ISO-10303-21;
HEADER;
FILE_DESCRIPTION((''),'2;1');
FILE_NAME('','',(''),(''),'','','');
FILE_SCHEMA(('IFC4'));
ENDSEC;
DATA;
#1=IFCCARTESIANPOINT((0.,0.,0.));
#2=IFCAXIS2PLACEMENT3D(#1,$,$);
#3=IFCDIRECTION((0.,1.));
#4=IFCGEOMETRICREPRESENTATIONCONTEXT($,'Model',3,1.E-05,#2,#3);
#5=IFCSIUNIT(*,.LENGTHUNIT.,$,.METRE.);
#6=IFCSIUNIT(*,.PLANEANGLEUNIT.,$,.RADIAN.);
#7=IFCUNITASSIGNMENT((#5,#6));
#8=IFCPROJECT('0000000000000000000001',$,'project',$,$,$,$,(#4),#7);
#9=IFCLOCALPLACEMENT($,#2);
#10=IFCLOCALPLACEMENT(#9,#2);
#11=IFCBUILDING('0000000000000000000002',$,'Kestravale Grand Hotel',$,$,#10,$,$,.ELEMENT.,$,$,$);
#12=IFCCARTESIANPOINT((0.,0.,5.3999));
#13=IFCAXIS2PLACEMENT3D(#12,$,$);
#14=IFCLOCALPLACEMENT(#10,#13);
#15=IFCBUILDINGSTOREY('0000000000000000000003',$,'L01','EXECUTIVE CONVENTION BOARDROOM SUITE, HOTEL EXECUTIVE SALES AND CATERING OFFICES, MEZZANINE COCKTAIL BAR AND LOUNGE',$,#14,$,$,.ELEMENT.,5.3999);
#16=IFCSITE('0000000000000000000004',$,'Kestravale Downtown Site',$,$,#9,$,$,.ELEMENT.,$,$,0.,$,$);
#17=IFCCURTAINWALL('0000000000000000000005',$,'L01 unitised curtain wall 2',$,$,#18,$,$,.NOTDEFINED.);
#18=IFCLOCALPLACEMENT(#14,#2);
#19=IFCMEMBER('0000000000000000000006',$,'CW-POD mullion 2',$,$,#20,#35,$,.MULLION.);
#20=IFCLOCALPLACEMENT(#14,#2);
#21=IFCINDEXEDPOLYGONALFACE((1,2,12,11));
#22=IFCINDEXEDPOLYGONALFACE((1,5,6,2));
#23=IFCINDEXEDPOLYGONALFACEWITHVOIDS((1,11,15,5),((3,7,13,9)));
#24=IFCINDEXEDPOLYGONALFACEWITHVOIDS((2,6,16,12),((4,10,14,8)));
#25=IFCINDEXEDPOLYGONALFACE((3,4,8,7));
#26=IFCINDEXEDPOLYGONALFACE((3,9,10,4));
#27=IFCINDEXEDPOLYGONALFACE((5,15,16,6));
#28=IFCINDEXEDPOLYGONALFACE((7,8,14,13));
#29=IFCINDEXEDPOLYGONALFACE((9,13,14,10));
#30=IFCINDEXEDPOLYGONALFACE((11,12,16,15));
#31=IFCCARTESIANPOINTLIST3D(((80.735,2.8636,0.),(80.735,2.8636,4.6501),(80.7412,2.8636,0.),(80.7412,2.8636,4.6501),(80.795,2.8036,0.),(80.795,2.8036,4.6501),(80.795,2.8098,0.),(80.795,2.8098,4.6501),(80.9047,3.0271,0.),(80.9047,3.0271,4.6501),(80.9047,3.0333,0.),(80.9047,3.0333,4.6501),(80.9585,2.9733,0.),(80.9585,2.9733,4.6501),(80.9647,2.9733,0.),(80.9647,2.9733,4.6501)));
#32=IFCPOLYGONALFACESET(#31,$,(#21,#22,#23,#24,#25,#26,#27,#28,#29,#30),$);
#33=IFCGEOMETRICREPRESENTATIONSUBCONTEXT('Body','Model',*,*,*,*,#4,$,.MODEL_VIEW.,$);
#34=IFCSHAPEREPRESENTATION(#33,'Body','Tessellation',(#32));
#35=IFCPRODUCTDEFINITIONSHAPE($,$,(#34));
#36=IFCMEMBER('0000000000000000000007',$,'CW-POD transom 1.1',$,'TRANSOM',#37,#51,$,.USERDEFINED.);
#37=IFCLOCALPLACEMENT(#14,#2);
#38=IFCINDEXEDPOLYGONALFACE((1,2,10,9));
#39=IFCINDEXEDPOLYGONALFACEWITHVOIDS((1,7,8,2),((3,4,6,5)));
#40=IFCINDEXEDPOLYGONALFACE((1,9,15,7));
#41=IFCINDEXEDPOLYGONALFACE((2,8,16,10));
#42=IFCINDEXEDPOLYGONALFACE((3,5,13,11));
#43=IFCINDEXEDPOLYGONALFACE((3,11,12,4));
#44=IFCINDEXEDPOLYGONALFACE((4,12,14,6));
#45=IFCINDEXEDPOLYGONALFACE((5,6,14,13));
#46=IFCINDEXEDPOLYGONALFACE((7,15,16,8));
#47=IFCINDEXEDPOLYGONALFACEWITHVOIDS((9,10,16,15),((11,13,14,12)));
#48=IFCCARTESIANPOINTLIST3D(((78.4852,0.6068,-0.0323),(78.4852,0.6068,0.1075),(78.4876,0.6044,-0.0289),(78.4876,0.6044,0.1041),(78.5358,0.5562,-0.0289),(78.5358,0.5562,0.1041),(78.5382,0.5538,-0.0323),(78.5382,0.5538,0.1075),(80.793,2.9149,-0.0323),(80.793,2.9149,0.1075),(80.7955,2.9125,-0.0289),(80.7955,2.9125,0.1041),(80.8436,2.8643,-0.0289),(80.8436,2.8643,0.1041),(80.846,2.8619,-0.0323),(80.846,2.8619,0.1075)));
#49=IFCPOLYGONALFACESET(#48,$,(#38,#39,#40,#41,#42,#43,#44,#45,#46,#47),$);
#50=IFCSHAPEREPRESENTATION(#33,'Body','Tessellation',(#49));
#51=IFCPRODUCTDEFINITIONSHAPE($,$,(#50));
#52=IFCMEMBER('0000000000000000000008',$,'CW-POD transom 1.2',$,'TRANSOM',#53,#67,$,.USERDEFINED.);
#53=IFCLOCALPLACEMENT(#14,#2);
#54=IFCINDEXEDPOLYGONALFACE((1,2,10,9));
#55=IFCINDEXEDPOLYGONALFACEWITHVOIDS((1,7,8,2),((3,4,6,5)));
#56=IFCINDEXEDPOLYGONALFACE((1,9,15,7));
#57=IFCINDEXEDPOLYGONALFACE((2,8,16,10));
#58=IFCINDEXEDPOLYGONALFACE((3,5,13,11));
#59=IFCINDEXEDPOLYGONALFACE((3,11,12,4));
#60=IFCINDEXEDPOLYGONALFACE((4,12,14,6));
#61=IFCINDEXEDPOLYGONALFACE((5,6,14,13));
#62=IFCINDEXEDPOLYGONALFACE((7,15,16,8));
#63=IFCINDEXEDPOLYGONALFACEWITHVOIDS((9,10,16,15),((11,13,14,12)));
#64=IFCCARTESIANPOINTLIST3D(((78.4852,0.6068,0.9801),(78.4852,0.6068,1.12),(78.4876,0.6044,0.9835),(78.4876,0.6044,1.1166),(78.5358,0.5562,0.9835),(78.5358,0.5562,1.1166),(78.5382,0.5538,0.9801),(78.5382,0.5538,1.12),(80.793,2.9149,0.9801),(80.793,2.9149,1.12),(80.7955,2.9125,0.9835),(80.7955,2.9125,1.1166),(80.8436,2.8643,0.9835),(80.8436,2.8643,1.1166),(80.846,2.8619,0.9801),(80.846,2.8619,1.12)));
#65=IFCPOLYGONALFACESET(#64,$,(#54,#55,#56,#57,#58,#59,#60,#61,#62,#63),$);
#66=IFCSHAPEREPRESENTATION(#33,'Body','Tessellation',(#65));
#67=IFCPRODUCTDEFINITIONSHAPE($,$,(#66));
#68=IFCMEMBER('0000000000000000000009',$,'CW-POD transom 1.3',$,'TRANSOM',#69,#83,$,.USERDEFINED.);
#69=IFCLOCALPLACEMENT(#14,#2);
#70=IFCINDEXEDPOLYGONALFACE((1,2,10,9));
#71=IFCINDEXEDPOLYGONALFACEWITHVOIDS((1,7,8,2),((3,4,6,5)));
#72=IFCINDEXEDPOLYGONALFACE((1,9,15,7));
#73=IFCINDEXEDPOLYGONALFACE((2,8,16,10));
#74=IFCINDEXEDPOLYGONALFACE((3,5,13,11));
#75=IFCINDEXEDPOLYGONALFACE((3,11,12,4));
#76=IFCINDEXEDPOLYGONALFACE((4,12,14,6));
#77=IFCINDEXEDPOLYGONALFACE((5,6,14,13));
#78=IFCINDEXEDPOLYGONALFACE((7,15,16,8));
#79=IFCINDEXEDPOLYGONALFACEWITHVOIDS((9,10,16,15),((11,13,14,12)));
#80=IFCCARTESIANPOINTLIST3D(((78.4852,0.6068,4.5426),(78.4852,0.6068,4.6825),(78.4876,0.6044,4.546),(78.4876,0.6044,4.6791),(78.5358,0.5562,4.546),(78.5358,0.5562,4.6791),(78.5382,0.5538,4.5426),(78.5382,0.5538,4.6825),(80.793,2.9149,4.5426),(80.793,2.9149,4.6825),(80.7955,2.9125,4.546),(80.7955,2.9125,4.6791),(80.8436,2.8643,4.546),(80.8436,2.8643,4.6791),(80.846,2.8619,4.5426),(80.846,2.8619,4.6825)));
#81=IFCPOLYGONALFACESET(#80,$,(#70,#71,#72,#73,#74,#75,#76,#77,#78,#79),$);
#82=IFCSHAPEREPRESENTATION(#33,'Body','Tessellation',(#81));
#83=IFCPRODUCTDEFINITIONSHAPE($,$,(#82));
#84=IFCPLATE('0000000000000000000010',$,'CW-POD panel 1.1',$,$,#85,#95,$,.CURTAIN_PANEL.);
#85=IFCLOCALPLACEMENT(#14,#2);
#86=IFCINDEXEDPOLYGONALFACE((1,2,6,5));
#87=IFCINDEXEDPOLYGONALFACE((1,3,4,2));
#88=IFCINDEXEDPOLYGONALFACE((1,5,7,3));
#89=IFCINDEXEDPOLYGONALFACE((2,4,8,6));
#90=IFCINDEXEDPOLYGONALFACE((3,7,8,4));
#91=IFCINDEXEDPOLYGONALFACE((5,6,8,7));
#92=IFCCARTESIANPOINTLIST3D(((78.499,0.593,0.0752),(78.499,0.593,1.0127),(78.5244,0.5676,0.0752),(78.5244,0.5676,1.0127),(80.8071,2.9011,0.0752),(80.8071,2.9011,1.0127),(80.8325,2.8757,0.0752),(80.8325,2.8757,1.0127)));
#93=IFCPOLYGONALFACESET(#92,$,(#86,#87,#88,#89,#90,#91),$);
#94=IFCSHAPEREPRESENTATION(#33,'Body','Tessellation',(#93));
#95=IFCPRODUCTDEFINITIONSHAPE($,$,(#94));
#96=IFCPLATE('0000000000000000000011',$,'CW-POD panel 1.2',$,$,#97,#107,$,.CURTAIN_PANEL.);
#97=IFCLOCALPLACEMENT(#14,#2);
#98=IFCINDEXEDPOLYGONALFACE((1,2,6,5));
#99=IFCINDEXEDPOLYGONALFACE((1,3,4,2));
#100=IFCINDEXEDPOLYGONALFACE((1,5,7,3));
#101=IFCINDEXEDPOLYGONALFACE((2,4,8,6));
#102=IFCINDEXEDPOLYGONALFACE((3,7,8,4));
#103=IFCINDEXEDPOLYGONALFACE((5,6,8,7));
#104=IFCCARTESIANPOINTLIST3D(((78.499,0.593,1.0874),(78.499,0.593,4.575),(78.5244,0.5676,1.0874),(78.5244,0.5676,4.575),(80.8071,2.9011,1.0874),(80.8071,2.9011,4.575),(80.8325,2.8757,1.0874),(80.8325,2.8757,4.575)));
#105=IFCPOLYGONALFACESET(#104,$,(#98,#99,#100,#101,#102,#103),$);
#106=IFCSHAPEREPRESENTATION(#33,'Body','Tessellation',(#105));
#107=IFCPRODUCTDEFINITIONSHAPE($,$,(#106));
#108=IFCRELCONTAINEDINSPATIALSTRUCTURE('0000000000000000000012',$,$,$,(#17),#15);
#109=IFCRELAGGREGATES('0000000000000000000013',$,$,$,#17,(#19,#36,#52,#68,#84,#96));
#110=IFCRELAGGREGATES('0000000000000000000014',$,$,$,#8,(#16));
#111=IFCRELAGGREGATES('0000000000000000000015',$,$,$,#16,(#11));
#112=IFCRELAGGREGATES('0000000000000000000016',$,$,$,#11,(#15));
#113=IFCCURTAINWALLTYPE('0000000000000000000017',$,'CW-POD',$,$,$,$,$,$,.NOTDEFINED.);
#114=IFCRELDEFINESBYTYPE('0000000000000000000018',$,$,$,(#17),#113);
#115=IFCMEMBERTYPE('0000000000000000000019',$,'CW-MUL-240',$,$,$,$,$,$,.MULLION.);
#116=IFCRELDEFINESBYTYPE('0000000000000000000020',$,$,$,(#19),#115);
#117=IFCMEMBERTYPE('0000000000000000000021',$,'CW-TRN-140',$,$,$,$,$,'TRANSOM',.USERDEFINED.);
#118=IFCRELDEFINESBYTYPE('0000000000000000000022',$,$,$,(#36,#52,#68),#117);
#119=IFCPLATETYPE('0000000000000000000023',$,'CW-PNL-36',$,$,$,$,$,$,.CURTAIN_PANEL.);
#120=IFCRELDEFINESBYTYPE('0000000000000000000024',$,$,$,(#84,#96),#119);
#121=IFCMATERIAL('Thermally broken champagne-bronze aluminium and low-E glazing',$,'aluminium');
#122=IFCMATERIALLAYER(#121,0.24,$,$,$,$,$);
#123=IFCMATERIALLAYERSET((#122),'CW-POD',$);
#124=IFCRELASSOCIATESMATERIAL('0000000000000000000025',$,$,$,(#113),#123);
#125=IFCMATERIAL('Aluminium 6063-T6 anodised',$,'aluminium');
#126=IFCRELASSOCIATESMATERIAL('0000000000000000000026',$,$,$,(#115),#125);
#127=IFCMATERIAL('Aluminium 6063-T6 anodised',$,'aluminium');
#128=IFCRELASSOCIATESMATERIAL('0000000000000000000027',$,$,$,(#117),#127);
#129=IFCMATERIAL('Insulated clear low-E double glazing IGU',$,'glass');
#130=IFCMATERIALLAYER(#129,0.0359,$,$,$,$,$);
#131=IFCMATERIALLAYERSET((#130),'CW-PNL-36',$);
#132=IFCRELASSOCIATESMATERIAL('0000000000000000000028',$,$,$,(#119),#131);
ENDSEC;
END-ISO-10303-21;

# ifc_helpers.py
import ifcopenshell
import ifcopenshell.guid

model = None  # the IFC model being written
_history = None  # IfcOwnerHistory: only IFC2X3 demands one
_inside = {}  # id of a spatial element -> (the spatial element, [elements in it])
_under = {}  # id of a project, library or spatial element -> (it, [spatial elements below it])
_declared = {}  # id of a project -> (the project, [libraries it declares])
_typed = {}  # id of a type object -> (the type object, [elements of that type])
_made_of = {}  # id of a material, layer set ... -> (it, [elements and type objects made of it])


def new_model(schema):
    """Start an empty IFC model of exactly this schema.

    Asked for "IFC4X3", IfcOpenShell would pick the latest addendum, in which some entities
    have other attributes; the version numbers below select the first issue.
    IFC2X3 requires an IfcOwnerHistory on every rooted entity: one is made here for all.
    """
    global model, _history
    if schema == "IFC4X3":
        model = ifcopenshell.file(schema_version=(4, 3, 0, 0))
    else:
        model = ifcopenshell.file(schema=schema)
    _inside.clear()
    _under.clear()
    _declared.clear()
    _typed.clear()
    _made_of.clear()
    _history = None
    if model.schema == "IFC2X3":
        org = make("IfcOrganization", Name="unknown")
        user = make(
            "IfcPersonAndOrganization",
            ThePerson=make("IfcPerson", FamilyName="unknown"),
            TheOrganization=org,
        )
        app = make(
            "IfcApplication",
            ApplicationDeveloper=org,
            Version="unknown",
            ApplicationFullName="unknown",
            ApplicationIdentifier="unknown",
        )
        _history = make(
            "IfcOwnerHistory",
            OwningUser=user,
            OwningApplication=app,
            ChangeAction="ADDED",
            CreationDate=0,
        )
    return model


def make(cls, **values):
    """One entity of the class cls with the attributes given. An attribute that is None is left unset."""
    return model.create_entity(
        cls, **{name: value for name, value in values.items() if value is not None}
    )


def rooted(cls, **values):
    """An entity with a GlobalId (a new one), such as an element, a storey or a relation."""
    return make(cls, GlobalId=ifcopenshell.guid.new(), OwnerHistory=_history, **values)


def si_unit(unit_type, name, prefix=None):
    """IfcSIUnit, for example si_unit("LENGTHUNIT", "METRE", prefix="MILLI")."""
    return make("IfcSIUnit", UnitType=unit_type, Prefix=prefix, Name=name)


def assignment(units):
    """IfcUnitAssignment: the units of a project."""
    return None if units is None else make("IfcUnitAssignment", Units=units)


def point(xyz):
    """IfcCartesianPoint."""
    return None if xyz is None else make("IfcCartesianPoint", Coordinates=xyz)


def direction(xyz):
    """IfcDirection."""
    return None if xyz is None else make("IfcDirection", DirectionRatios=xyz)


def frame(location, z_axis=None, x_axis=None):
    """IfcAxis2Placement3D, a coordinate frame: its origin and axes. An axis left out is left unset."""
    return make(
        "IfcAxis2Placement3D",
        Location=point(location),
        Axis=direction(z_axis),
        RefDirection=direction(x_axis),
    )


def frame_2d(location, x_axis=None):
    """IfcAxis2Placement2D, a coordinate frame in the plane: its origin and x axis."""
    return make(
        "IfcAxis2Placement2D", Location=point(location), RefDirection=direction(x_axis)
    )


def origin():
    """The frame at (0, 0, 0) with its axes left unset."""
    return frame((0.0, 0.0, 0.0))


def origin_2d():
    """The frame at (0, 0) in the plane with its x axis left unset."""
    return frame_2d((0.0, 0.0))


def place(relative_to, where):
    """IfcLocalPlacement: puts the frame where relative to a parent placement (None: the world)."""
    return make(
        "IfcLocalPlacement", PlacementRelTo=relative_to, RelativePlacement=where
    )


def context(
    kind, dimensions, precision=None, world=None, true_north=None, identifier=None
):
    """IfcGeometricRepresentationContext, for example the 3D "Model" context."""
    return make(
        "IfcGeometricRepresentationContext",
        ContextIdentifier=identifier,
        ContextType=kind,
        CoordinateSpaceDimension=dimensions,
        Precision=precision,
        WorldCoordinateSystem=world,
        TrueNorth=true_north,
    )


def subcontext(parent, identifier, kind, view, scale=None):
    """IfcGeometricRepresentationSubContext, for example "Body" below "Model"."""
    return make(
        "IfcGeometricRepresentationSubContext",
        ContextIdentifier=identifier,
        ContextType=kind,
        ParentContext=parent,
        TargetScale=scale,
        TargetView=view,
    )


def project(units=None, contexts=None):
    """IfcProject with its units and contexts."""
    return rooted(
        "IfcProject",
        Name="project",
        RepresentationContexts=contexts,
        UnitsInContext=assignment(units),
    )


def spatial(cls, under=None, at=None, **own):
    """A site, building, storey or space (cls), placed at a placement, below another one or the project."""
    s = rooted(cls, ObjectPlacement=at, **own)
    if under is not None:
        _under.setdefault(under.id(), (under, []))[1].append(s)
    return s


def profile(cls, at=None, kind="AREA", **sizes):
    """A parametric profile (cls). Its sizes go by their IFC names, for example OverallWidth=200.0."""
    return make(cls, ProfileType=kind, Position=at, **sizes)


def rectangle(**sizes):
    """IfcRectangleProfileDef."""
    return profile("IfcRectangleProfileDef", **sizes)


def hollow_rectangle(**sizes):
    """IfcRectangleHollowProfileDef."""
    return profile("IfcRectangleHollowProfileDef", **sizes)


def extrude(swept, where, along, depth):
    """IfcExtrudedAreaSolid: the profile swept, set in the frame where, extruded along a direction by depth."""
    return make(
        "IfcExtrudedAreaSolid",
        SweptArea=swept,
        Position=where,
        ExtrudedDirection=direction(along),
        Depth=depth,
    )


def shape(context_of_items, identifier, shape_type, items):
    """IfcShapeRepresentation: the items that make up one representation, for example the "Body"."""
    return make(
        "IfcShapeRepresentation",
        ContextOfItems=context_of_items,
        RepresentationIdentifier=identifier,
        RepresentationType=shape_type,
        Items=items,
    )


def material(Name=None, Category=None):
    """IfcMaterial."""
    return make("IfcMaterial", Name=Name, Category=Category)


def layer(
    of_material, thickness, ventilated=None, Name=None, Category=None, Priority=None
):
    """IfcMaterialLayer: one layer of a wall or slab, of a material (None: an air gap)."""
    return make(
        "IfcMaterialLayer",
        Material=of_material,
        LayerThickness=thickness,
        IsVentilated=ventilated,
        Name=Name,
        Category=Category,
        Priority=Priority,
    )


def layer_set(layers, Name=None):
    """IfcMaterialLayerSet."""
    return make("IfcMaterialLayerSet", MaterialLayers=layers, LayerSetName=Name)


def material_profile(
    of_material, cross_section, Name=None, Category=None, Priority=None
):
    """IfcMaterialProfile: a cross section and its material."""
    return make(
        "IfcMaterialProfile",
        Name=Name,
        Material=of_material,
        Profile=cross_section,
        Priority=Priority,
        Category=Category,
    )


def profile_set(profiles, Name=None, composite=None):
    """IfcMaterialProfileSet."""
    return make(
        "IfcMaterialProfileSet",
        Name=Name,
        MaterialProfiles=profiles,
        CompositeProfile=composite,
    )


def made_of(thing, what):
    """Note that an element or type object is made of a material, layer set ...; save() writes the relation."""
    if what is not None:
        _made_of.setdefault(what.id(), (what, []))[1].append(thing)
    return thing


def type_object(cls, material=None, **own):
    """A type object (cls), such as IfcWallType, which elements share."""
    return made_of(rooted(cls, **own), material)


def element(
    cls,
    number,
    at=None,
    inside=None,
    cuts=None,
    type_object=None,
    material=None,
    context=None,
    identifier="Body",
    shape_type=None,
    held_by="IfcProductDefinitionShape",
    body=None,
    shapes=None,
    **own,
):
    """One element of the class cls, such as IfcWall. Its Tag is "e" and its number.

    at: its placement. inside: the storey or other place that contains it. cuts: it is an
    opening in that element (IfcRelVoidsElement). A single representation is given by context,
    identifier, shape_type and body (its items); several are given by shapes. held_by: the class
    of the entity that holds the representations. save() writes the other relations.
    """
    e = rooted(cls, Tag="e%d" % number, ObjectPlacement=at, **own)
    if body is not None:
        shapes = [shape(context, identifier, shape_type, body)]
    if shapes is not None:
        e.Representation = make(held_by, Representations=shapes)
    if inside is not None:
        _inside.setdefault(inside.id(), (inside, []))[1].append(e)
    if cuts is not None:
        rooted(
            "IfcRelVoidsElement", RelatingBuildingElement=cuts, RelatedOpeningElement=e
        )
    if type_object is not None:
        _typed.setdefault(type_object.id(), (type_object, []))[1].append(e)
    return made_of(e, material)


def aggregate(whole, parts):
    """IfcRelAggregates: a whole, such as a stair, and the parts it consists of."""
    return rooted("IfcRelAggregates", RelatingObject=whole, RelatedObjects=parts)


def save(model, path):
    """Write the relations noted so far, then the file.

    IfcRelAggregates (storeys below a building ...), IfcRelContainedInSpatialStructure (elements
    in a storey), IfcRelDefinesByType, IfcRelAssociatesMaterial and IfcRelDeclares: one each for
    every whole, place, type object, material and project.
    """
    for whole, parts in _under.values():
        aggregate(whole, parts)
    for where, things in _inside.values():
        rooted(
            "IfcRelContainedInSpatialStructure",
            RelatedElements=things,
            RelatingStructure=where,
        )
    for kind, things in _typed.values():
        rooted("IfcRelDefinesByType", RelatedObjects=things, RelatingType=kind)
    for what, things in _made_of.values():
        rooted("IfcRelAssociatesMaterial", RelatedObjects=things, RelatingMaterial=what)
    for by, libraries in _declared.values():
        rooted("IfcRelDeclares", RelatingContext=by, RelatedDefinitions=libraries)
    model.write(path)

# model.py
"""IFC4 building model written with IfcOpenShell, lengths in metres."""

from ifc_helpers import new_model, si_unit, direction, frame, origin, origin_2d, place, context, subcontext, project, spatial, rectangle, hollow_rectangle, extrude, material, layer, layer_set, material_profile, profile_set, type_object, element, aggregate, save


model = new_model("IFC4")

# Units and contexts
model_context = context("Model", 3, precision=1e-05, world=origin(), true_north=direction((0.0, 1.0)))
body_context = subcontext(model_context, "Body", "Model", "MODEL_VIEW")
ifc_project = project(units=[si_unit("LENGTHUNIT", "METRE"), si_unit("PLANEANGLEUNIT", "RADIAN")], contexts=[model_context])

# Site, building, storey
site_placement = place(None, origin())
site = spatial("IfcSite", under=ifc_project, at=site_placement, Name="Kestravale Downtown Site", CompositionType="ELEMENT", RefElevation=0.0)
building_placement = place(site_placement, origin())
building = spatial("IfcBuilding", under=site, at=building_placement, Name="Kestravale Grand Hotel", CompositionType="ELEMENT")
storey_placement = place(building_placement, frame((0.0, 0.0, 5.3999)))
storey = spatial("IfcBuildingStorey", under=building, at=storey_placement, Name="L01", Description="EXECUTIVE CONVENTION BOARDROOM SUITE, HOTEL EXECUTIVE SALES AND CATERING OFFICES, MEZZANINE COCKTAIL BAR AND LOUNGE", CompositionType="ELEMENT", Elevation=5.3999)

# Curtain wall, members, plates
ifc_material_1 = material(Name="Thermally broken champagne-bronze aluminium and low-E glazing", Category="aluminium")
ifc_layer_1 = layer(ifc_material_1, 0.24)
ifc_layer_set_1 = layer_set([ifc_layer_1], Name="CW-POD")
curtain_wall_type = type_object("IfcCurtainWallType", Name="CW-POD", PredefinedType="NOTDEFINED", material=ifc_layer_set_1)
curtain_wall_placement = place(storey_placement, origin())
curtain_wall = element("IfcCurtainWall", 1, at=curtain_wall_placement, inside=storey, type_object=curtain_wall_type, Name="L01 unitised curtain wall 2", PredefinedType="NOTDEFINED")
ifc_material_2 = material(Name="Aluminium 6063-T6 anodised", Category="aluminium")
ifc_material_profile_1 = material_profile(ifc_material_2, hollow_rectangle(XDim=0.085, YDim=0.24, WallThickness=0.0044, at=origin_2d()))
ifc_profile_set_1 = profile_set([ifc_material_profile_1], Name="Aluminium 6063-T6 anodised")
member_type_1 = type_object("IfcMemberType", Name="CW-MUL-240", PredefinedType="MULLION", material=ifc_profile_set_1)
member_1_placement = place(storey_placement, frame((80.8499, 2.9185, 0.0), z_axis=(0.0, 0.0, 1.0), x_axis=(-0.707107, 0.707107, 0.0)))
member_1 = element("IfcMember", 2, at=member_1_placement, type_object=member_type_1, Name="CW-POD mullion 2", PredefinedType="MULLION", context=body_context, shape_type="SweptSolid", body=[
    extrude(hollow_rectangle(XDim=0.085, YDim=0.24, WallThickness=0.0044, at=origin_2d()), origin(), (0.0, 0.0, 1.0), 4.6501),
])
ifc_material_3 = material(Name="Aluminium 6063-T6 anodised", Category="aluminium")
ifc_material_profile_2 = material_profile(ifc_material_3, hollow_rectangle(XDim=0.075, YDim=0.1399, WallThickness=0.0034, at=origin_2d()))
ifc_profile_set_2 = profile_set([ifc_material_profile_2], Name="Aluminium 6063-T6 anodised")
member_type_2 = type_object("IfcMemberType", Name="CW-TRN-140", ElementType="TRANSOM", PredefinedType="USERDEFINED", material=ifc_profile_set_2)
member_2_placement = place(storey_placement, frame((78.5117, 0.5803, 0.0376), z_axis=(0.707069, 0.707144, 0.0), x_axis=(-0.707144, 0.707069, 0.0)))
member_2 = element("IfcMember", 3, at=member_2_placement, type_object=member_type_2, Name="CW-POD transom 1.1", ObjectType="TRANSOM", PredefinedType="USERDEFINED", context=body_context, shape_type="SweptSolid", body=[
    extrude(hollow_rectangle(XDim=0.075, YDim=0.1399, WallThickness=0.0034, at=origin_2d()), origin(), (0.0, 0.0, 1.0), 3.2639),
])
member_3_placement = place(storey_placement, frame((78.5117, 0.5803, 1.05), z_axis=(0.707069, 0.707144, 0.0), x_axis=(-0.707144, 0.707069, 0.0)))
member_3 = element("IfcMember", 4, at=member_3_placement, type_object=member_type_2, Name="CW-POD transom 1.2", ObjectType="TRANSOM", PredefinedType="USERDEFINED", context=body_context, shape_type="SweptSolid", body=[
    extrude(hollow_rectangle(XDim=0.075, YDim=0.1399, WallThickness=0.0034, at=origin_2d()), origin(), (0.0, 0.0, 1.0), 3.2639),
])
member_4_placement = place(storey_placement, frame((78.5117, 0.5803, 4.6125), z_axis=(0.707069, 0.707144, 0.0), x_axis=(-0.707144, 0.707069, 0.0)))
member_4 = element("IfcMember", 5, at=member_4_placement, type_object=member_type_2, Name="CW-POD transom 1.3", ObjectType="TRANSOM", PredefinedType="USERDEFINED", context=body_context, shape_type="SweptSolid", body=[
    extrude(hollow_rectangle(XDim=0.075, YDim=0.1399, WallThickness=0.0034, at=origin_2d()), origin(), (0.0, 0.0, 1.0), 3.2639),
])
ifc_material_4 = material(Name="Insulated clear low-E double glazing IGU", Category="glass")
ifc_layer_2 = layer(ifc_material_4, 0.0359)
ifc_layer_set_2 = layer_set([ifc_layer_2], Name="CW-PNL-36")
plate_type = type_object("IfcPlateType", Name="CW-PNL-36", PredefinedType="CURTAIN_PANEL", material=ifc_layer_set_2)
plate_1_placement = place(storey_placement, frame((79.6658, 1.7344, 0.0752), z_axis=(0.0, 0.0, 1.0), x_axis=(0.707107, 0.707107, 0.0)))
plate_1 = element("IfcPlate", 6, at=plate_1_placement, type_object=plate_type, Name="CW-POD panel 1.1", PredefinedType="CURTAIN_PANEL", context=body_context, shape_type="SweptSolid", body=[
    extrude(rectangle(XDim=3.2642, YDim=0.0359, at=origin_2d()), origin(), (0.0, 0.0, 1.0), 0.9375),
])
plate_2_placement = place(storey_placement, frame((79.6658, 1.7344, 1.0874), z_axis=(0.0, 0.0, 1.0), x_axis=(0.707107, 0.707107, 0.0)))
plate_2 = element("IfcPlate", 7, at=plate_2_placement, type_object=plate_type, Name="CW-POD panel 1.2", PredefinedType="CURTAIN_PANEL", context=body_context, shape_type="SweptSolid", body=[
    extrude(rectangle(XDim=3.2642, YDim=0.0359, at=origin_2d()), origin(), (0.0, 0.0, 1.0), 3.4875),
])
aggregate(curtain_wall, [member_1, member_2, member_3, member_4, plate_1, plate_2])

save(model, "model.ifc")
